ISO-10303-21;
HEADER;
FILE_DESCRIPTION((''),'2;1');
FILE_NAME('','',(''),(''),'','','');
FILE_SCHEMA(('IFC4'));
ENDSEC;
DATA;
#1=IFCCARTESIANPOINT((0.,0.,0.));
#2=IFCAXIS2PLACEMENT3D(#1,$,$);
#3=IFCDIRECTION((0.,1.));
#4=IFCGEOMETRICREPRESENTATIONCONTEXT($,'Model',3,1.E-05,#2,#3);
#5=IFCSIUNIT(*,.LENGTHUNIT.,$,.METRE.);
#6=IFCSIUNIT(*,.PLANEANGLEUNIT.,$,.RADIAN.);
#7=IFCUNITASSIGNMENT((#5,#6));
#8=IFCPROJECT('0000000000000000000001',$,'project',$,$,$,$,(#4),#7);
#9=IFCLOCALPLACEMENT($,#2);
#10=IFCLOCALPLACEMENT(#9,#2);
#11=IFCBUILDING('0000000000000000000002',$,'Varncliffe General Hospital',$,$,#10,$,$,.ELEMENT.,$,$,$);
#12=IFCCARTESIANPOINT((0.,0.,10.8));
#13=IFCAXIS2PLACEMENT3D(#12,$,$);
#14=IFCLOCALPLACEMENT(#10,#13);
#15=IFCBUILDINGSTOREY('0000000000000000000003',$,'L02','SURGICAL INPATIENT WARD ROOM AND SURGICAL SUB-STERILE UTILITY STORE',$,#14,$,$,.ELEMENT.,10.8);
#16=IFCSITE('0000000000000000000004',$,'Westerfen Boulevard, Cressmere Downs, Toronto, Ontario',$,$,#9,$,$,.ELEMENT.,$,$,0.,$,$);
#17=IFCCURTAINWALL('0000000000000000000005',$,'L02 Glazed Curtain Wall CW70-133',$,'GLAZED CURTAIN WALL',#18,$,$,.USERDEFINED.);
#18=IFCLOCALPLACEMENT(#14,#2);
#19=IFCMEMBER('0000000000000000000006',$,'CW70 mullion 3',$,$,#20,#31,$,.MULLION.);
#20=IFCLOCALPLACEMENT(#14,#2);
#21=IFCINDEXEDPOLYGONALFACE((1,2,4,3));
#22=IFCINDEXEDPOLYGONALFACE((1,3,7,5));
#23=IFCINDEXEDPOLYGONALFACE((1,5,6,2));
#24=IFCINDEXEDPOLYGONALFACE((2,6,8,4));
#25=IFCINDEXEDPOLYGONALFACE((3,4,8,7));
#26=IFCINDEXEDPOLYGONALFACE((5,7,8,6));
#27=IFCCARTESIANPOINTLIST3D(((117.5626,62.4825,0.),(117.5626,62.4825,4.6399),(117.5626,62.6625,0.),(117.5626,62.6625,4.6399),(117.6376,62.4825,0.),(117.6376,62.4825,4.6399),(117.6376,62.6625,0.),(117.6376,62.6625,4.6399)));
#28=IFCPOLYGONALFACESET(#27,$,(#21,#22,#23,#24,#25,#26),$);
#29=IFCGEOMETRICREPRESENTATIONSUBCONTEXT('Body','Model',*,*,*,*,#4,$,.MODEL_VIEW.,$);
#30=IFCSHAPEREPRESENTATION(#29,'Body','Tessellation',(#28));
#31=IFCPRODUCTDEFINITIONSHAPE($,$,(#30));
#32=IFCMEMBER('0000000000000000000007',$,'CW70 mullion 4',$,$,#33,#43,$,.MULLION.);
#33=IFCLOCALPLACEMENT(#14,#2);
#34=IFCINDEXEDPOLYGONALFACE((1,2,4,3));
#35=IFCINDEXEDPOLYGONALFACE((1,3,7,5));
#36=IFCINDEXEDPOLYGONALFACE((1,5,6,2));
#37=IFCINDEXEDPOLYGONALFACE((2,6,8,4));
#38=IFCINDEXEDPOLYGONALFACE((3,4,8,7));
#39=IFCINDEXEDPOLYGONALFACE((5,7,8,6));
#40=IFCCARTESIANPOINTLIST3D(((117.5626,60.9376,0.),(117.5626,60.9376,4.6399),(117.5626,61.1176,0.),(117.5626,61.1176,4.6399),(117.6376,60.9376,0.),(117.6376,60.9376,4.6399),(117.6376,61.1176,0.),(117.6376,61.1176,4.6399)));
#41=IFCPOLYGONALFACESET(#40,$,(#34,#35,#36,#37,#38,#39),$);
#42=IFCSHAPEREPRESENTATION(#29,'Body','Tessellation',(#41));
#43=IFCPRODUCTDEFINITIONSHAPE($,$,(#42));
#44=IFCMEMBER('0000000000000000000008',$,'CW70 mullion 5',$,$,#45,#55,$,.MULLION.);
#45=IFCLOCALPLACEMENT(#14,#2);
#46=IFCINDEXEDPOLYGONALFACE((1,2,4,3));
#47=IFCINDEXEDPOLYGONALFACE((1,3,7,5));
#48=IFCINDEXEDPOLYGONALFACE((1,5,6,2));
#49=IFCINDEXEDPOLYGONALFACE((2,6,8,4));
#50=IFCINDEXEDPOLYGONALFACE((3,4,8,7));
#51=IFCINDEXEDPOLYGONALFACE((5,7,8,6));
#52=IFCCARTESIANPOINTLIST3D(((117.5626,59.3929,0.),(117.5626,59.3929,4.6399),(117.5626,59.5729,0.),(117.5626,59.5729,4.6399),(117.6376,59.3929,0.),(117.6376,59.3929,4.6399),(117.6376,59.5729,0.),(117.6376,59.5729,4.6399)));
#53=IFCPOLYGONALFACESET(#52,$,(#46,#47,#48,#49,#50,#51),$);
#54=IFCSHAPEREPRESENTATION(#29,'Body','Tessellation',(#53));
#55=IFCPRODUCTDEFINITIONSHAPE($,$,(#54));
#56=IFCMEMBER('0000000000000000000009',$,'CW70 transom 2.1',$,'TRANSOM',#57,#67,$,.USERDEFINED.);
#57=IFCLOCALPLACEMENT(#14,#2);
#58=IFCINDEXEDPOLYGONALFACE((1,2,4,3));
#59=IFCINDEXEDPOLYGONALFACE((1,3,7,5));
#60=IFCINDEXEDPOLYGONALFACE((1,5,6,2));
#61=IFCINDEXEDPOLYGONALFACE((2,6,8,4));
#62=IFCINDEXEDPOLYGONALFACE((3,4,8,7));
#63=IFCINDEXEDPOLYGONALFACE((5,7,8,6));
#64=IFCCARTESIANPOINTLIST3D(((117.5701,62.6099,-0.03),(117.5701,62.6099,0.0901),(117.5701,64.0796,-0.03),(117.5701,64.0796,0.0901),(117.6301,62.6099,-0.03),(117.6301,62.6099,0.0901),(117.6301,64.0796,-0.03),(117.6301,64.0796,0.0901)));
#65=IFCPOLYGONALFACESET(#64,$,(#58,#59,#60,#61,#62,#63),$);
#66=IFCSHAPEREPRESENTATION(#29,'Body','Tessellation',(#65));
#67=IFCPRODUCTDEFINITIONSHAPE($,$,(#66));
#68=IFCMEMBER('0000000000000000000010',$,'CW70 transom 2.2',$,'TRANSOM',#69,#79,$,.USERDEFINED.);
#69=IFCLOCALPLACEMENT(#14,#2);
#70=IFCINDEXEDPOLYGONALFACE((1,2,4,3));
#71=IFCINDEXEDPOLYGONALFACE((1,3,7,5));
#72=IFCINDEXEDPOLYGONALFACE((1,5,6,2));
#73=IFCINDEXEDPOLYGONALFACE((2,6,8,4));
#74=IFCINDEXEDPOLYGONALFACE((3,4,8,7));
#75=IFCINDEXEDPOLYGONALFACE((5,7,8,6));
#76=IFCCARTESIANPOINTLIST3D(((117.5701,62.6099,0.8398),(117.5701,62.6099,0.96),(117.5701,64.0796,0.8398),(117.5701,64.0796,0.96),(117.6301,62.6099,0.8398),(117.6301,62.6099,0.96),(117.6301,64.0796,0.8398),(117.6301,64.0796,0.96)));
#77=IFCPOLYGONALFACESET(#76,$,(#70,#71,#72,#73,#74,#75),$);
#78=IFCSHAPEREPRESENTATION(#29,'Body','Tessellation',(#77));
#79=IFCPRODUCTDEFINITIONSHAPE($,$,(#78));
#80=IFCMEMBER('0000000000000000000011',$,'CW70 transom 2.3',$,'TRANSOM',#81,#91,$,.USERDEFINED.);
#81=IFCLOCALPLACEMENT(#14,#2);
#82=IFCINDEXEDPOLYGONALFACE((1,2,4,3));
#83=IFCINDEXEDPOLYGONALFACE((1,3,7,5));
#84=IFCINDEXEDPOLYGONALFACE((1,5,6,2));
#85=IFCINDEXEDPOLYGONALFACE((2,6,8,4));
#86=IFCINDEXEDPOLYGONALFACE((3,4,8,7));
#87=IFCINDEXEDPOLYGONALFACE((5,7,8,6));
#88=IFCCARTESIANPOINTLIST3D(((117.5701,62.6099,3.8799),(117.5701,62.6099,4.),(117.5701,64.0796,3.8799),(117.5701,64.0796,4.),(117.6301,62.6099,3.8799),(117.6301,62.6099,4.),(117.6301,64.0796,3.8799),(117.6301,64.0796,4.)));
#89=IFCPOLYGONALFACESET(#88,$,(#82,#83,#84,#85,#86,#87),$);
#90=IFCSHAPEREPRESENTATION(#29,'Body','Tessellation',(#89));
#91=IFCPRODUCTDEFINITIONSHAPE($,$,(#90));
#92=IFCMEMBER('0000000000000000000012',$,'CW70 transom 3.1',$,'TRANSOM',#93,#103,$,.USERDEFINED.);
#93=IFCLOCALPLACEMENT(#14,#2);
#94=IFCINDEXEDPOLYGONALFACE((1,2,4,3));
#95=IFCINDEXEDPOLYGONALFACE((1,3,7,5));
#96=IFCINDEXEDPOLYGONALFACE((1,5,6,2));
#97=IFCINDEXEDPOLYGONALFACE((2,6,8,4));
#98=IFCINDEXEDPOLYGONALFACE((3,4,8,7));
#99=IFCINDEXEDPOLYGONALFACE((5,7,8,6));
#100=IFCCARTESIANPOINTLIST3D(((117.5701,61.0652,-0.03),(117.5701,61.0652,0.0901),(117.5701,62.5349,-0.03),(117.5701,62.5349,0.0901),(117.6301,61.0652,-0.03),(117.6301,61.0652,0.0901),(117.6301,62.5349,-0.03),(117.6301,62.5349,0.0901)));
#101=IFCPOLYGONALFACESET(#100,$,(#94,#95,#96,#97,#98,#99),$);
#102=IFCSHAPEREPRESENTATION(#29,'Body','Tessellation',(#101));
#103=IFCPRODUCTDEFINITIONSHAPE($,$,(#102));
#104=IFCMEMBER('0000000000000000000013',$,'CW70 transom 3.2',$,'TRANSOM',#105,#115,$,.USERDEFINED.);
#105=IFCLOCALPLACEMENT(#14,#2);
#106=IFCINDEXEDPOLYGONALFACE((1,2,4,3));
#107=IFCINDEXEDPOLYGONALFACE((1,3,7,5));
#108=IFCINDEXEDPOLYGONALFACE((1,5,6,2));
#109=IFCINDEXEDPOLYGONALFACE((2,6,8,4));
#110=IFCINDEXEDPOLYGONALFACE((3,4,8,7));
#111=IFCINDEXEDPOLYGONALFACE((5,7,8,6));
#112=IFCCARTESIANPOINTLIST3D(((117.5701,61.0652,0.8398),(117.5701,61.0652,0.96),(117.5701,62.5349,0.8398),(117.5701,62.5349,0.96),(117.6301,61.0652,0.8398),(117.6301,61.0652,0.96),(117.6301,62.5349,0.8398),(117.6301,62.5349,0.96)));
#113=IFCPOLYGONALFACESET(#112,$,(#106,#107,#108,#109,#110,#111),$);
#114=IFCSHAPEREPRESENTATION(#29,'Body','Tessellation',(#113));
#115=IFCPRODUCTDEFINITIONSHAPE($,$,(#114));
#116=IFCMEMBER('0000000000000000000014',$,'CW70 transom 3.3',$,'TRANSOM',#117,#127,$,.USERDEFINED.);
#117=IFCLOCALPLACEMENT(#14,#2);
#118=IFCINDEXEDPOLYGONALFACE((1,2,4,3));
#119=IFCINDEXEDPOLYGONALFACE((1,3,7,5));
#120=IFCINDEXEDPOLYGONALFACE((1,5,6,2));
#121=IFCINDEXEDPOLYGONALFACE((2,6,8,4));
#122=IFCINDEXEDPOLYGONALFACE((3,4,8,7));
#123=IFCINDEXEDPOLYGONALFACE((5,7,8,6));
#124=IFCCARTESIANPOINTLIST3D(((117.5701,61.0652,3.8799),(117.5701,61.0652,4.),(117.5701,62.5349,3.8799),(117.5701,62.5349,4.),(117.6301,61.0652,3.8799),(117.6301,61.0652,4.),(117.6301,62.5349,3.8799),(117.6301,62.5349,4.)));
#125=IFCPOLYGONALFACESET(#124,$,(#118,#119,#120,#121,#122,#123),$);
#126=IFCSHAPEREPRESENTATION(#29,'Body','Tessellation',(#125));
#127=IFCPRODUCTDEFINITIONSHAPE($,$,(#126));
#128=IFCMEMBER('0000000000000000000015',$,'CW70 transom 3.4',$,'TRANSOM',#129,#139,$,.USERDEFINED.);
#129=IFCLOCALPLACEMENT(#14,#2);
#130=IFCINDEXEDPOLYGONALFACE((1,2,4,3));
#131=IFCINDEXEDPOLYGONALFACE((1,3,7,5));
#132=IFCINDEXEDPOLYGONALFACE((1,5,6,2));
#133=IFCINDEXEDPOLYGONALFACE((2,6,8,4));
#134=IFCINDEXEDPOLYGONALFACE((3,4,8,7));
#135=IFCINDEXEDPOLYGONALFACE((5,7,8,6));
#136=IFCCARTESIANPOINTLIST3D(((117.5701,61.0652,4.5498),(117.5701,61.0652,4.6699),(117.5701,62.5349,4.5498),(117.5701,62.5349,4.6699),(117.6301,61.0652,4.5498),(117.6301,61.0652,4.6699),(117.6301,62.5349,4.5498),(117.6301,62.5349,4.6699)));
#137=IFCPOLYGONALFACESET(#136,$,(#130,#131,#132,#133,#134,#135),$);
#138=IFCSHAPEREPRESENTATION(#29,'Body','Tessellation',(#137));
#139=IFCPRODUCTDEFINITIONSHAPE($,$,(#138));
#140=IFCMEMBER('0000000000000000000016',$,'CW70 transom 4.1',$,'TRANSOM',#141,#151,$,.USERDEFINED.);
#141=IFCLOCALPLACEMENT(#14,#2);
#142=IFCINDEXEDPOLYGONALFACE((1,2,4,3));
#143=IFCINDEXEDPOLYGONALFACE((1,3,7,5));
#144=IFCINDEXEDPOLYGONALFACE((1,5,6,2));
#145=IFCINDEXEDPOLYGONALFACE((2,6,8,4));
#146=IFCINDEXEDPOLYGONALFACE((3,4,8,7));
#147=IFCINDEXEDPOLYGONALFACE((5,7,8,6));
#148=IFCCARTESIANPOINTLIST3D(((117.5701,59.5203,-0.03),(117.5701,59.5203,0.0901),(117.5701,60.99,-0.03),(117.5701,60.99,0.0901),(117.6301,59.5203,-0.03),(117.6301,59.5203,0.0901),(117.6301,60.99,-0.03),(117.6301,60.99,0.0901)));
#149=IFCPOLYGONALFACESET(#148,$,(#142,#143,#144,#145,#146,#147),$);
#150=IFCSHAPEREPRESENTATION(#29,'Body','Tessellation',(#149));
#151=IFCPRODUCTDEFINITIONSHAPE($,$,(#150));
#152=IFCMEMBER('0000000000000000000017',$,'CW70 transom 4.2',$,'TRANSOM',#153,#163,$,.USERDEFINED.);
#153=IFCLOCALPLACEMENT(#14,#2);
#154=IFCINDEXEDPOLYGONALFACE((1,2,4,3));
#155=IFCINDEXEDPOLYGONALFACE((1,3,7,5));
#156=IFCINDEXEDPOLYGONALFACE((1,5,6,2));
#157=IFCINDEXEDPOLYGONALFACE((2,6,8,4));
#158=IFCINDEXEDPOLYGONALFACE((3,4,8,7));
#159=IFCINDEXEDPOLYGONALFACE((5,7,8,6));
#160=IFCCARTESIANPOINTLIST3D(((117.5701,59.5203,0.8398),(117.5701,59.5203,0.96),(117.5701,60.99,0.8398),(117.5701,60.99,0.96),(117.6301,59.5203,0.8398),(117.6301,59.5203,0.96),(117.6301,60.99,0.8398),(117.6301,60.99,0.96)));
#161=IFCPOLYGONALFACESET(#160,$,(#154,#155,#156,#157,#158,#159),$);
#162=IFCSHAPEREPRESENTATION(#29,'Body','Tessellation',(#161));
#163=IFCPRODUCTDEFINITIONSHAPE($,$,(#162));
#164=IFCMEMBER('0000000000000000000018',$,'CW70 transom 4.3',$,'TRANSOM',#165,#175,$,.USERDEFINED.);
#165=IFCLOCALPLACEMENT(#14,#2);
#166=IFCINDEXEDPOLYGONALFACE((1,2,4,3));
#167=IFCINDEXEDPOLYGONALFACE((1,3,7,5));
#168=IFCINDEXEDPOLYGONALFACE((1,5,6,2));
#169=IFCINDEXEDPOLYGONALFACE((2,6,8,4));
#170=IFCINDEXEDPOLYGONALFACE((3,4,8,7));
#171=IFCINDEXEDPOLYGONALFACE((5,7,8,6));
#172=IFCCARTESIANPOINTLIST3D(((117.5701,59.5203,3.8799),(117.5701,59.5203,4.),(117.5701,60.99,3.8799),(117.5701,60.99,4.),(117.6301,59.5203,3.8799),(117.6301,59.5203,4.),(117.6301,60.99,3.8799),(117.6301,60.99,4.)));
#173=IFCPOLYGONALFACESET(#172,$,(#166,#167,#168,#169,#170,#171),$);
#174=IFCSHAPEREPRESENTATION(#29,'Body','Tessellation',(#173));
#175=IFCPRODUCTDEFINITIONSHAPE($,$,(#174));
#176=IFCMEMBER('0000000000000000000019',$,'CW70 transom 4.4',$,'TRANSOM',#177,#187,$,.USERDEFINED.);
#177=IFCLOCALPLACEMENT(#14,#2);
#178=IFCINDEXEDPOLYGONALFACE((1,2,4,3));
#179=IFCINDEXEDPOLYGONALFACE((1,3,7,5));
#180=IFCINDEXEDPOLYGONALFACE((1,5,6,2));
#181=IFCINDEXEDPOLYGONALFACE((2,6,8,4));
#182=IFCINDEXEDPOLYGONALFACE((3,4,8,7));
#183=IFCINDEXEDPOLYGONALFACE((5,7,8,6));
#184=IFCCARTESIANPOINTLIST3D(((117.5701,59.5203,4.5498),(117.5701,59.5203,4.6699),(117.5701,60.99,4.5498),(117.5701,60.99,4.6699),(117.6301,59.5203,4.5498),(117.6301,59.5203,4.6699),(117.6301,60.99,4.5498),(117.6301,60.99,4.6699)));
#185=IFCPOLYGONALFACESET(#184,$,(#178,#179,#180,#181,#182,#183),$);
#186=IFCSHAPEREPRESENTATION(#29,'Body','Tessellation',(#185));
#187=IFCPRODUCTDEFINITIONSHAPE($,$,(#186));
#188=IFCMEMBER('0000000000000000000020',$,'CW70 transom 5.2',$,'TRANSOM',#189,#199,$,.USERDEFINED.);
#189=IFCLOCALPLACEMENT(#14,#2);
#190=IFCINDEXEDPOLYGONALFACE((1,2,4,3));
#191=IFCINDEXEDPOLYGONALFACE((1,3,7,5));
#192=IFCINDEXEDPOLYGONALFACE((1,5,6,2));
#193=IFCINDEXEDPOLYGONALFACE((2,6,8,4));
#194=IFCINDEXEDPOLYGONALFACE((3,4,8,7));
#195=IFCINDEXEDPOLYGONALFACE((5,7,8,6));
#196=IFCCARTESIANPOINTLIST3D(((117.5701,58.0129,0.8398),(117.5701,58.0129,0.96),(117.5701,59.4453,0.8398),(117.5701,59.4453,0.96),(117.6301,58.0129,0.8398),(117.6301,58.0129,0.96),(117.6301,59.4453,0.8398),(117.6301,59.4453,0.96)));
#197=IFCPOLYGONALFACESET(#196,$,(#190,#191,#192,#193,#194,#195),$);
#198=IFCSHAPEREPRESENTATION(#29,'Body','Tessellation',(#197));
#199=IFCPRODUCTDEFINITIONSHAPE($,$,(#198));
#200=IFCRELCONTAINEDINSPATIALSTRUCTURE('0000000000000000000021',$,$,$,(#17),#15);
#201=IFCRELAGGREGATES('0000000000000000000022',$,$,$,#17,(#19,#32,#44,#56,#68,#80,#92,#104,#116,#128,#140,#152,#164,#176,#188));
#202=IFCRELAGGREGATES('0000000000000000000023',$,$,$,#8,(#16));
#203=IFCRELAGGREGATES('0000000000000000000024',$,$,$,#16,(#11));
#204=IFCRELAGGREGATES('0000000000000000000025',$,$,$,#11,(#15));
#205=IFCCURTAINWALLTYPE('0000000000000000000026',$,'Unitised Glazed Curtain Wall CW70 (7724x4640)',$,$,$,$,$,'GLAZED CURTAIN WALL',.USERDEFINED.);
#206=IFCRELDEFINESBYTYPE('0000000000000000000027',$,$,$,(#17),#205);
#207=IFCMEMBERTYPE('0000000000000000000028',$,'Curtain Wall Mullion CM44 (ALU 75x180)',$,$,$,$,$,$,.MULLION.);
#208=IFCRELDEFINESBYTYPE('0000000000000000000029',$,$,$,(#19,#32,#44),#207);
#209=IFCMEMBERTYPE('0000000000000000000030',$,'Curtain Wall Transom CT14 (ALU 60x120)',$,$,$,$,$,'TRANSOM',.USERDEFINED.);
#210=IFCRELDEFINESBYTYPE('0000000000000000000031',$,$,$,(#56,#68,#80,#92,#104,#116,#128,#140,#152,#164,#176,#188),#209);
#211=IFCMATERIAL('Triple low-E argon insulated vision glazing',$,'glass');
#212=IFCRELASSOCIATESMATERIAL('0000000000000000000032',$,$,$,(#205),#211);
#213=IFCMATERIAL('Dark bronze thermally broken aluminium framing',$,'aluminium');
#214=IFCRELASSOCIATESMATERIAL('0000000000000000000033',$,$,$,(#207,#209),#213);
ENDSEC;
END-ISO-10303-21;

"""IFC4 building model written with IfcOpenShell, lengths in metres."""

from ifc_helpers import new_model, si_unit, direction, frame, origin, origin_2d, place, context, subcontext, project, spatial, rectangle, extrude, material, material_profile, profile_set, type_object, element, aggregate, save


model = new_model("IFC4")

# Units and contexts
model_context = context("Model", 3, precision=1e-05, world=origin(), true_north=direction((0.0, 1.0)))
body_context = subcontext(model_context, "Body", "Model", "MODEL_VIEW")
ifc_project = project(units=[si_unit("LENGTHUNIT", "METRE"), si_unit("PLANEANGLEUNIT", "RADIAN")], contexts=[model_context])

# Site, building, storey
site_placement = place(None, origin())
site = spatial("IfcSite", under=ifc_project, at=site_placement, Name="Westerfen Boulevard, Cressmere Downs, Toronto, Ontario", CompositionType="ELEMENT", RefElevation=0.0)
building_placement = place(site_placement, origin())
building = spatial("IfcBuilding", under=site, at=building_placement, Name="Varncliffe General Hospital", CompositionType="ELEMENT")
storey_placement = place(building_placement, frame((0.0, 0.0, 10.8)))
storey = spatial("IfcBuildingStorey", under=building, at=storey_placement, Name="L02", Description="SURGICAL INPATIENT WARD ROOM AND SURGICAL SUB-STERILE UTILITY STORE", CompositionType="ELEMENT", Elevation=10.8)

# Curtain wall, members
ifc_material_1 = material(Name="Triple low-E argon insulated vision glazing", Category="glass")
curtain_wall_type = type_object("IfcCurtainWallType", Name="Unitised Glazed Curtain Wall CW70 (7724x4640)", ElementType="GLAZED CURTAIN WALL", PredefinedType="USERDEFINED", material=ifc_material_1)
curtain_wall_placement = place(storey_placement, origin())
curtain_wall = element("IfcCurtainWall", 1, at=curtain_wall_placement, inside=storey, type_object=curtain_wall_type, Name="L02 Glazed Curtain Wall CW70-133", ObjectType="GLAZED CURTAIN WALL", PredefinedType="USERDEFINED")
ifc_material_2 = material(Name="Dark bronze thermally broken aluminium framing", Category="aluminium")
ifc_material_profile_1 = material_profile(ifc_material_2, rectangle(XDim=0.075, YDim=0.1799, at=origin_2d()), Name="ALU 75x180")
ifc_profile_set_1 = profile_set([ifc_material_profile_1], Name="Dark bronze thermally broken aluminium framing")
member_type_1 = type_object("IfcMemberType", Name="Curtain Wall Mullion CM44 (ALU 75x180)", PredefinedType="MULLION", material=ifc_profile_set_1)
member_1_placement = place(storey_placement, frame((117.6001, 62.5725, 0.0), z_axis=(0.0, 0.0, 1.0), x_axis=(1.0, 0.0, 0.0)))
member_1 = element("IfcMember", 2, at=member_1_placement, type_object=member_type_1, Name="CW70 mullion 3", PredefinedType="MULLION", context=body_context, shape_type="SweptSolid", body=[
    extrude(rectangle(XDim=0.075, YDim=0.1799, at=origin_2d()), origin(), (0.0, 0.0, 1.0), 4.6399),
])
member_2_placement = place(storey_placement, frame((117.6001, 61.0276, 0.0), z_axis=(0.0, 0.0, 1.0), x_axis=(1.0, 0.0, 0.0)))
member_2 = element("IfcMember", 3, at=member_2_placement, type_object=member_type_1, Name="CW70 mullion 4", PredefinedType="MULLION", context=body_context, shape_type="SweptSolid", body=[
    extrude(rectangle(XDim=0.075, YDim=0.1799, at=origin_2d()), origin(), (0.0, 0.0, 1.0), 4.6399),
])
member_3_placement = place(storey_placement, frame((117.6001, 59.4829, 0.0), z_axis=(0.0, 0.0, 1.0), x_axis=(1.0, 0.0, 0.0)))
member_3 = element("IfcMember", 4, at=member_3_placement, type_object=member_type_1, Name="CW70 mullion 5", PredefinedType="MULLION", context=body_context, shape_type="SweptSolid", body=[
    extrude(rectangle(XDim=0.075, YDim=0.1799, at=origin_2d()), origin(), (0.0, 0.0, 1.0), 4.6399),
])
ifc_material_profile_2 = material_profile(ifc_material_2, rectangle(XDim=0.0601, YDim=0.1201, at=origin_2d()), Name="ALU 60x120")
ifc_profile_set_2 = profile_set([ifc_material_profile_2], Name="Dark bronze thermally broken aluminium framing")
member_type_2 = type_object("IfcMemberType", Name="Curtain Wall Transom CT14 (ALU 60x120)", ElementType="TRANSOM", PredefinedType="USERDEFINED", material=ifc_profile_set_2)
member_4_placement = place(storey_placement, frame((117.6001, 64.0796, 0.03), z_axis=(0.0, -1.0, 0.0), x_axis=(1.0, 0.0, 0.0)))
member_4 = element("IfcMember", 5, at=member_4_placement, type_object=member_type_2, Name="CW70 transom 2.1", ObjectType="TRANSOM", PredefinedType="USERDEFINED", context=body_context, shape_type="SweptSolid", body=[
    extrude(rectangle(XDim=0.0601, YDim=0.1201, at=origin_2d()), origin(), (0.0, 0.0, 1.0), 1.4697),
])
member_5_placement = place(storey_placement, frame((117.6001, 64.0796, 0.8999), z_axis=(0.0, -1.0, 0.0), x_axis=(1.0, 0.0, 0.0)))
member_5 = element("IfcMember", 6, at=member_5_placement, type_object=member_type_2, Name="CW70 transom 2.2", ObjectType="TRANSOM", PredefinedType="USERDEFINED", context=body_context, shape_type="SweptSolid", body=[
    extrude(rectangle(XDim=0.0601, YDim=0.1201, at=origin_2d()), origin(), (0.0, 0.0, 1.0), 1.4697),
])
member_6_placement = place(storey_placement, frame((117.6001, 64.0796, 3.9399), z_axis=(0.0, -1.0, 0.0), x_axis=(1.0, 0.0, 0.0)))
member_6 = element("IfcMember", 7, at=member_6_placement, type_object=member_type_2, Name="CW70 transom 2.3", ObjectType="TRANSOM", PredefinedType="USERDEFINED", context=body_context, shape_type="SweptSolid", body=[
    extrude(rectangle(XDim=0.0601, YDim=0.1201, at=origin_2d()), origin(), (0.0, 0.0, 1.0), 1.4697),
])
member_7_placement = place(storey_placement, frame((117.6001, 62.5349, 0.03), z_axis=(0.0, -1.0, 0.0), x_axis=(1.0, 0.0, 0.0)))
member_7 = element("IfcMember", 8, at=member_7_placement, type_object=member_type_2, Name="CW70 transom 3.1", ObjectType="TRANSOM", PredefinedType="USERDEFINED", context=body_context, shape_type="SweptSolid", body=[
    extrude(rectangle(XDim=0.0601, YDim=0.1201, at=origin_2d()), origin(), (0.0, 0.0, 1.0), 1.4697),
])
member_8_placement = place(storey_placement, frame((117.6001, 62.5349, 0.8999), z_axis=(0.0, -1.0, 0.0), x_axis=(1.0, 0.0, 0.0)))
member_8 = element("IfcMember", 9, at=member_8_placement, type_object=member_type_2, Name="CW70 transom 3.2", ObjectType="TRANSOM", PredefinedType="USERDEFINED", context=body_context, shape_type="SweptSolid", body=[
    extrude(rectangle(XDim=0.0601, YDim=0.1201, at=origin_2d()), origin(), (0.0, 0.0, 1.0), 1.4697),
])
member_9_placement = place(storey_placement, frame((117.6001, 62.5349, 3.9399), z_axis=(0.0, -1.0, 0.0), x_axis=(1.0, 0.0, 0.0)))
member_9 = element("IfcMember", 10, at=member_9_placement, type_object=member_type_2, Name="CW70 transom 3.3", ObjectType="TRANSOM", PredefinedType="USERDEFINED", context=body_context, shape_type="SweptSolid", body=[
    extrude(rectangle(XDim=0.0601, YDim=0.1201, at=origin_2d()), origin(), (0.0, 0.0, 1.0), 1.4697),
])
member_10_placement = place(storey_placement, frame((117.6001, 62.5349, 4.6099), z_axis=(0.0, -1.0, 0.0), x_axis=(1.0, 0.0, 0.0)))
member_10 = element("IfcMember", 11, at=member_10_placement, type_object=member_type_2, Name="CW70 transom 3.4", ObjectType="TRANSOM", PredefinedType="USERDEFINED", context=body_context, shape_type="SweptSolid", body=[
    extrude(rectangle(XDim=0.0601, YDim=0.1201, at=origin_2d()), origin(), (0.0, 0.0, 1.0), 1.4697),
])
member_11_placement = place(storey_placement, frame((117.6001, 60.99, 0.03), z_axis=(0.0, -1.0, 0.0), x_axis=(1.0, 0.0, 0.0)))
member_11 = element("IfcMember", 12, at=member_11_placement, type_object=member_type_2, Name="CW70 transom 4.1", ObjectType="TRANSOM", PredefinedType="USERDEFINED", context=body_context, shape_type="SweptSolid", body=[
    extrude(rectangle(XDim=0.0601, YDim=0.1201, at=origin_2d()), origin(), (0.0, 0.0, 1.0), 1.4697),
])
member_12_placement = place(storey_placement, frame((117.6001, 60.99, 0.8999), z_axis=(0.0, -1.0, 0.0), x_axis=(1.0, 0.0, 0.0)))
member_12 = element("IfcMember", 13, at=member_12_placement, type_object=member_type_2, Name="CW70 transom 4.2", ObjectType="TRANSOM", PredefinedType="USERDEFINED", context=body_context, shape_type="SweptSolid", body=[
    extrude(rectangle(XDim=0.0601, YDim=0.1201, at=origin_2d()), origin(), (0.0, 0.0, 1.0), 1.4697),
])
member_13_placement = place(storey_placement, frame((117.6001, 60.99, 3.9399), z_axis=(0.0, -1.0, 0.0), x_axis=(1.0, 0.0, 0.0)))
member_13 = element("IfcMember", 14, at=member_13_placement, type_object=member_type_2, Name="CW70 transom 4.3", ObjectType="TRANSOM", PredefinedType="USERDEFINED", context=body_context, shape_type="SweptSolid", body=[
    extrude(rectangle(XDim=0.0601, YDim=0.1201, at=origin_2d()), origin(), (0.0, 0.0, 1.0), 1.4697),
])
member_14_placement = place(storey_placement, frame((117.6001, 60.99, 4.6099), z_axis=(0.0, -1.0, 0.0), x_axis=(1.0, 0.0, 0.0)))
member_14 = element("IfcMember", 15, at=member_14_placement, type_object=member_type_2, Name="CW70 transom 4.4", ObjectType="TRANSOM", PredefinedType="USERDEFINED", context=body_context, shape_type="SweptSolid", body=[
    extrude(rectangle(XDim=0.0601, YDim=0.1201, at=origin_2d()), origin(), (0.0, 0.0, 1.0), 1.4697),
])
member_15_placement = place(storey_placement, frame((117.6001, 59.4453, 0.8999), z_axis=(0.0, -1.0, 0.0), x_axis=(1.0, 0.0, 0.0)))
member_15 = element("IfcMember", 16, at=member_15_placement, type_object=member_type_2, Name="CW70 transom 5.2", ObjectType="TRANSOM", PredefinedType="USERDEFINED", context=body_context, shape_type="SweptSolid", body=[
    extrude(rectangle(XDim=0.0601, YDim=0.1201, at=origin_2d()), origin(), (0.0, 0.0, 1.0), 1.4324),
])
aggregate(curtain_wall, [member_1, member_2, member_3, member_4, member_5, member_6, member_7, member_8, member_9, member_10, member_11, member_12, member_13, member_14, member_15])

save(model, "model.ifc")
